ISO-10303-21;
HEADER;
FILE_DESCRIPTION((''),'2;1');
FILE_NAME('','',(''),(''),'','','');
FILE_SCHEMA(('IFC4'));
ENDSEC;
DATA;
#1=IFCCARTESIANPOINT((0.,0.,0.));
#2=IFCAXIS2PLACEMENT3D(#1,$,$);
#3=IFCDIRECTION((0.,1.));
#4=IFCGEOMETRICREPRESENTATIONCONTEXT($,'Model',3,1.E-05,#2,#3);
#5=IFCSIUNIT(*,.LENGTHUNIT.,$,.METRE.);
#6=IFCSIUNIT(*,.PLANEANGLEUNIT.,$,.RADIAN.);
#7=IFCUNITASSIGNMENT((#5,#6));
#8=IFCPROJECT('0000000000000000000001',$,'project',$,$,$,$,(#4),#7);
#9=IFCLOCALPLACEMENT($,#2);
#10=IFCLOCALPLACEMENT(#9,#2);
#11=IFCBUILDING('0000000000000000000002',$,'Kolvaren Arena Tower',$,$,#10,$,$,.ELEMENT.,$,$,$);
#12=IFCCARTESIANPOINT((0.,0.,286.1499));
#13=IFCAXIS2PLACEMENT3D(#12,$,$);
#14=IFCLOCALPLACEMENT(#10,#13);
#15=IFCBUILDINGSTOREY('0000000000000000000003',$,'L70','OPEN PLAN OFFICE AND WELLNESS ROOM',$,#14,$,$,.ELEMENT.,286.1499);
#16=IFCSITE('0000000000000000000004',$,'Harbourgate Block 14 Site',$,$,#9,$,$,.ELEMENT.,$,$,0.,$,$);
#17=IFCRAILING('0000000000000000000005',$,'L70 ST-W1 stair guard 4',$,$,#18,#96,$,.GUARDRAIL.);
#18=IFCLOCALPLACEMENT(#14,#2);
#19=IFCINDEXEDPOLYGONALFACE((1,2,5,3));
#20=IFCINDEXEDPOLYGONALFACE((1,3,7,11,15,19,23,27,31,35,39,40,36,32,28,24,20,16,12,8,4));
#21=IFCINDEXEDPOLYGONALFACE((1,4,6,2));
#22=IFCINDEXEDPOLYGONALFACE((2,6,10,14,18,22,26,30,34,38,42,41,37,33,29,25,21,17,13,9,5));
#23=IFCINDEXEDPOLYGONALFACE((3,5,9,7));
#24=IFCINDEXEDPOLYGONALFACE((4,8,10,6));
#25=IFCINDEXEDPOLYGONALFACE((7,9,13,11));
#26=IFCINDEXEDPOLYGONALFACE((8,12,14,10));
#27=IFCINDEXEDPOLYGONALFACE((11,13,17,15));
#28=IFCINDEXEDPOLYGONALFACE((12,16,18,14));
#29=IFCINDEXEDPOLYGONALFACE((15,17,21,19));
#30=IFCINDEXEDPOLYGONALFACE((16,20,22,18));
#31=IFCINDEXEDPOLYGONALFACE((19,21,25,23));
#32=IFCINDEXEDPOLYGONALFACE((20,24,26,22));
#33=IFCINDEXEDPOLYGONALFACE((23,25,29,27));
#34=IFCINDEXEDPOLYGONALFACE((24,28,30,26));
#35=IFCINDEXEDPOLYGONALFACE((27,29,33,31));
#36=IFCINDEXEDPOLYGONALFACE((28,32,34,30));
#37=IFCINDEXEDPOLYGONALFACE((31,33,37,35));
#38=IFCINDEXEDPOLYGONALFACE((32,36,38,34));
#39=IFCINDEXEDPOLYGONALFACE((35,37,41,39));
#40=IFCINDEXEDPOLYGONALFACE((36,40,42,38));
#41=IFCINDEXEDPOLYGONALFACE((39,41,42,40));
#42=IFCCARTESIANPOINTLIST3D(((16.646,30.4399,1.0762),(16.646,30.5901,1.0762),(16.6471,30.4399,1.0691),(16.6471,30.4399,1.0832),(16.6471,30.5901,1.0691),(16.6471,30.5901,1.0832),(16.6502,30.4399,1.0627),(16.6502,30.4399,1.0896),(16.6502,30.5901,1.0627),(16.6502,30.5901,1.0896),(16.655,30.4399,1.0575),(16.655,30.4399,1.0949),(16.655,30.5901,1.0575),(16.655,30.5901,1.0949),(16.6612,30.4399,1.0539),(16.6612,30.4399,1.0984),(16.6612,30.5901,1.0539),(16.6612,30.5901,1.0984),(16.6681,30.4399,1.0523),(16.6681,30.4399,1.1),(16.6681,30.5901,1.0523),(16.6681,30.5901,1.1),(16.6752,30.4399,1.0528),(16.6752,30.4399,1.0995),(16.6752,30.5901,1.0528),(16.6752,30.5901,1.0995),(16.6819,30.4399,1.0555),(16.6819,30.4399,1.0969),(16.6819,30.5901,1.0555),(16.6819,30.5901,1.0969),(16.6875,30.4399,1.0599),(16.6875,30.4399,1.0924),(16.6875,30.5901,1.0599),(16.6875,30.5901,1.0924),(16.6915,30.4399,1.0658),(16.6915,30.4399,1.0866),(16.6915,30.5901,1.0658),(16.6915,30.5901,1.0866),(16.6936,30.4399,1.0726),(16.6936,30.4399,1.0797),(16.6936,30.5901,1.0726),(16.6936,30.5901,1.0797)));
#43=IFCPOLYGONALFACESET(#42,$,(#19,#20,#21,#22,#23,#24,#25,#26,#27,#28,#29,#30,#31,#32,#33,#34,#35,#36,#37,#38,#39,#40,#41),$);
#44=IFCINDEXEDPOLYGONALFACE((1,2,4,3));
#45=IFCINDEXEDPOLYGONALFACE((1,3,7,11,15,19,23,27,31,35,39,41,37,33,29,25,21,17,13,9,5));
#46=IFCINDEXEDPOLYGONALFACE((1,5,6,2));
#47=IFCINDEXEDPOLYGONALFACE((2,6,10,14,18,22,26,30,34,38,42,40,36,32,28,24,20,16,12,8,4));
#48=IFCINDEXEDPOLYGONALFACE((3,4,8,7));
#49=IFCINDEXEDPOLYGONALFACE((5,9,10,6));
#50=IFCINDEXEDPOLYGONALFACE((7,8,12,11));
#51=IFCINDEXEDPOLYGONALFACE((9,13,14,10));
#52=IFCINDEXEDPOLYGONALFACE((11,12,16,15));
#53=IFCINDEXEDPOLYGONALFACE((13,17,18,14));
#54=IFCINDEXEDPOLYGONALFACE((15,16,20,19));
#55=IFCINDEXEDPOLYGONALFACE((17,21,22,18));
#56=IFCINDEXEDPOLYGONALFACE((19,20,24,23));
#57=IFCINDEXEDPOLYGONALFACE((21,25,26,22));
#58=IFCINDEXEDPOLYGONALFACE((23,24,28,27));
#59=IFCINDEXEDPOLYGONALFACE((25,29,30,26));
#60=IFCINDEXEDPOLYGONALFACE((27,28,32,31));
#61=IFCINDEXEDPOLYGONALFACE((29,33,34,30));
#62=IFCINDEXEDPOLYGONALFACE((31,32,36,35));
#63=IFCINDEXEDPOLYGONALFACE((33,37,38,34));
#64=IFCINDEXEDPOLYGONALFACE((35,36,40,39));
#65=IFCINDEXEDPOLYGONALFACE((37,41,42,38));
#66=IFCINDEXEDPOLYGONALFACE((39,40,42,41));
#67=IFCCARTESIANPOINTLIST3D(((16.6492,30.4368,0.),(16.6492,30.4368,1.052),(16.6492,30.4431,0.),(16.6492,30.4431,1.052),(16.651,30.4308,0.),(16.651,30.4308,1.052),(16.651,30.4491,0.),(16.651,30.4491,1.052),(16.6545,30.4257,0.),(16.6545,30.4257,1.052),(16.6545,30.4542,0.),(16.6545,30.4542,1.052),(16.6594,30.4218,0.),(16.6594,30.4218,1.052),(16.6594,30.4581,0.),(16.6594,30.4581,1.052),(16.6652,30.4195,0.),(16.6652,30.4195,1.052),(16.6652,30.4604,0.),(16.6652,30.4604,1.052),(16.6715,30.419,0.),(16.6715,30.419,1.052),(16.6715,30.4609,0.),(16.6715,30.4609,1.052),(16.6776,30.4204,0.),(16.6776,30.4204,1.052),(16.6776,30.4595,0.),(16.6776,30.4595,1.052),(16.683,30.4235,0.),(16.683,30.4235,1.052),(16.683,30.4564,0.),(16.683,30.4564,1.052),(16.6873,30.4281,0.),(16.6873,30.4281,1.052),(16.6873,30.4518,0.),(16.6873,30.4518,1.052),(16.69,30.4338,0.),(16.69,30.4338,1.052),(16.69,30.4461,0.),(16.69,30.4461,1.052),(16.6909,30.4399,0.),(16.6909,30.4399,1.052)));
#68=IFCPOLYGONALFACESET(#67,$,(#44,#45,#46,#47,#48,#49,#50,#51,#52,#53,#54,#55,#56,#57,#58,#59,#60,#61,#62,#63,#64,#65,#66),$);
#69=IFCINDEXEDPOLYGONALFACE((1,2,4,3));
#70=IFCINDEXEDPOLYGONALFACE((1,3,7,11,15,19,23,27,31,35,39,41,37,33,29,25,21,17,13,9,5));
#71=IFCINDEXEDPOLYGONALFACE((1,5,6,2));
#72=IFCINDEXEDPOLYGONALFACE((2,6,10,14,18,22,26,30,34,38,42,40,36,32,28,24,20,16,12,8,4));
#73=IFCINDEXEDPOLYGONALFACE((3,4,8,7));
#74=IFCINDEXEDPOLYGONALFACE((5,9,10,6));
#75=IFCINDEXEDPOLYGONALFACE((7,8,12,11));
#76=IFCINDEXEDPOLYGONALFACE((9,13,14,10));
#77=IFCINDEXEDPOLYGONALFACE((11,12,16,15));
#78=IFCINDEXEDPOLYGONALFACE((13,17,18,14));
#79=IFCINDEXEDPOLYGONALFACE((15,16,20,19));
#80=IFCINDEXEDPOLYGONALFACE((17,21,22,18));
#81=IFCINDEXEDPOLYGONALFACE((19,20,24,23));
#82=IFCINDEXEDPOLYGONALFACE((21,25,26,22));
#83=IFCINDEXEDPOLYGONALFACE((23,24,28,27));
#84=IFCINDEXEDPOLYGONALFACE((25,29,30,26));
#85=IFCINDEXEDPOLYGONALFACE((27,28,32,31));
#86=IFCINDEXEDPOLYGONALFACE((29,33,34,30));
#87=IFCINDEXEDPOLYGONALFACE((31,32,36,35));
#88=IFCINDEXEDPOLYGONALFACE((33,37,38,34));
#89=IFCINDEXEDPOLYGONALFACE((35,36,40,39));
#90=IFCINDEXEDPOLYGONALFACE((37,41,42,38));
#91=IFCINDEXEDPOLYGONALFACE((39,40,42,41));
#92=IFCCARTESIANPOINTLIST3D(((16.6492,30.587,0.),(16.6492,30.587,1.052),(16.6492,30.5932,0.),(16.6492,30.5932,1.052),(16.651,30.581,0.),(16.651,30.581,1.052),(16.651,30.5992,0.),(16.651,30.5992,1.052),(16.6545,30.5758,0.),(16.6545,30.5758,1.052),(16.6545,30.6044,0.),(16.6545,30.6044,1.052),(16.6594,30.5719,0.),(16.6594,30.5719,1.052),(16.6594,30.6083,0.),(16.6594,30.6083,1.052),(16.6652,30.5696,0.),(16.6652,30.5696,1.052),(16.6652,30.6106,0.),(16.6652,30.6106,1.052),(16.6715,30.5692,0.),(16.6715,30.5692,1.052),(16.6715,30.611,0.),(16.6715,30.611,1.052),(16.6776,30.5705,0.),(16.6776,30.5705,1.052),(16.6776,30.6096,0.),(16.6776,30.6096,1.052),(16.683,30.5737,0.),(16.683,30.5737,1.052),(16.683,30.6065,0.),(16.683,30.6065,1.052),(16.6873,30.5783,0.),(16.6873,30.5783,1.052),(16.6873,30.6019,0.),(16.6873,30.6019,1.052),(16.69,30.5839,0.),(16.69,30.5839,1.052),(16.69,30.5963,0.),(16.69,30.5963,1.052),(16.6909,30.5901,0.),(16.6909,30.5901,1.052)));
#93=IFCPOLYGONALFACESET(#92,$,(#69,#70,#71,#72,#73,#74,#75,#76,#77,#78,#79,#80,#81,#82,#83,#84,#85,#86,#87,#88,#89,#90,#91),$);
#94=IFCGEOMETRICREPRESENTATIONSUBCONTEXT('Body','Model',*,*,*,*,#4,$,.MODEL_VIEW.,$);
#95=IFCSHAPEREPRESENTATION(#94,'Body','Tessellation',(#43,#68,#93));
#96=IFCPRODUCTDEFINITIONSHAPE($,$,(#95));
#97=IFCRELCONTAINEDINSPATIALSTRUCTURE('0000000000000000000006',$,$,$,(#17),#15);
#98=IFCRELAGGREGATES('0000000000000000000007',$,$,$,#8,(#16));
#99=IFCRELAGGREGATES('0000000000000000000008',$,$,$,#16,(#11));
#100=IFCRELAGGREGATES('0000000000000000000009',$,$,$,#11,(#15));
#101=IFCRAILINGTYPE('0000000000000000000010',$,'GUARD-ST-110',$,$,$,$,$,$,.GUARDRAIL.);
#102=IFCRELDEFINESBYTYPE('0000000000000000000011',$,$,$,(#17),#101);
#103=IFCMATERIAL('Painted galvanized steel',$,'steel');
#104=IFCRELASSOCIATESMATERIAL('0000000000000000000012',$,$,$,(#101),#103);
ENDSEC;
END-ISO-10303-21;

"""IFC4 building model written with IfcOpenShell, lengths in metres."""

from ifc_helpers import new_model, si_unit, direction, frame, origin, origin_2d, place, context, subcontext, project, spatial, circle, extrude, material, type_object, element, save


model = new_model("IFC4")

# Units and contexts
model_context = context("Model", 3, precision=1e-05, world=origin(), true_north=direction((0.0, 1.0)))
body_context = subcontext(model_context, "Body", "Model", "MODEL_VIEW")
ifc_project = project(units=[si_unit("LENGTHUNIT", "METRE"), si_unit("PLANEANGLEUNIT", "RADIAN")], contexts=[model_context])

# Site, building, storey
site_placement = place(None, origin())
site = spatial("IfcSite", under=ifc_project, at=site_placement, Name="Harbourgate Block 14 Site", CompositionType="ELEMENT", RefElevation=0.0)
building_placement = place(site_placement, origin())
building = spatial("IfcBuilding", under=site, at=building_placement, Name="Kolvaren Arena Tower", CompositionType="ELEMENT")
storey_placement = place(building_placement, frame((0.0, 0.0, 286.1499)))
storey = spatial("IfcBuildingStorey", under=building, at=storey_placement, Name="L70", Description="OPEN PLAN OFFICE AND WELLNESS ROOM", CompositionType="ELEMENT", Elevation=286.1499)

# Railing
ifc_material_1 = material(Name="Painted galvanized steel", Category="steel")
railing_type_1 = type_object("IfcRailingType", Name="GUARD-ST-110", PredefinedType="GUARDRAIL", material=ifc_material_1)
railing_1_placement = place(storey_placement, frame((16.6699, 30.4399, 0.0)))
element("IfcRailing", 1, at=railing_1_placement, inside=storey, type_object=railing_type_1, Name="L70 ST-W1 stair guard 4", PredefinedType="GUARDRAIL", context=body_context, shape_type="SweptSolid", body=[
    extrude(circle(Radius=0.0239, at=origin_2d()), frame((0.0, 0.0, 1.0762), z_axis=(0.0, 1.0, 0.0), x_axis=(-1.0, 0.0, 0.0)), (0.0, 0.0, 1.0), 0.1501),
    extrude(circle(Radius=0.021, at=origin_2d()), origin(), (0.0, 0.0, 1.0), 1.052),
    extrude(circle(Radius=0.021, at=origin_2d()), frame((0.0, 0.1501, 0.0)), (0.0, 0.0, 1.0), 1.052),
])

save(model, "model.ifc")
